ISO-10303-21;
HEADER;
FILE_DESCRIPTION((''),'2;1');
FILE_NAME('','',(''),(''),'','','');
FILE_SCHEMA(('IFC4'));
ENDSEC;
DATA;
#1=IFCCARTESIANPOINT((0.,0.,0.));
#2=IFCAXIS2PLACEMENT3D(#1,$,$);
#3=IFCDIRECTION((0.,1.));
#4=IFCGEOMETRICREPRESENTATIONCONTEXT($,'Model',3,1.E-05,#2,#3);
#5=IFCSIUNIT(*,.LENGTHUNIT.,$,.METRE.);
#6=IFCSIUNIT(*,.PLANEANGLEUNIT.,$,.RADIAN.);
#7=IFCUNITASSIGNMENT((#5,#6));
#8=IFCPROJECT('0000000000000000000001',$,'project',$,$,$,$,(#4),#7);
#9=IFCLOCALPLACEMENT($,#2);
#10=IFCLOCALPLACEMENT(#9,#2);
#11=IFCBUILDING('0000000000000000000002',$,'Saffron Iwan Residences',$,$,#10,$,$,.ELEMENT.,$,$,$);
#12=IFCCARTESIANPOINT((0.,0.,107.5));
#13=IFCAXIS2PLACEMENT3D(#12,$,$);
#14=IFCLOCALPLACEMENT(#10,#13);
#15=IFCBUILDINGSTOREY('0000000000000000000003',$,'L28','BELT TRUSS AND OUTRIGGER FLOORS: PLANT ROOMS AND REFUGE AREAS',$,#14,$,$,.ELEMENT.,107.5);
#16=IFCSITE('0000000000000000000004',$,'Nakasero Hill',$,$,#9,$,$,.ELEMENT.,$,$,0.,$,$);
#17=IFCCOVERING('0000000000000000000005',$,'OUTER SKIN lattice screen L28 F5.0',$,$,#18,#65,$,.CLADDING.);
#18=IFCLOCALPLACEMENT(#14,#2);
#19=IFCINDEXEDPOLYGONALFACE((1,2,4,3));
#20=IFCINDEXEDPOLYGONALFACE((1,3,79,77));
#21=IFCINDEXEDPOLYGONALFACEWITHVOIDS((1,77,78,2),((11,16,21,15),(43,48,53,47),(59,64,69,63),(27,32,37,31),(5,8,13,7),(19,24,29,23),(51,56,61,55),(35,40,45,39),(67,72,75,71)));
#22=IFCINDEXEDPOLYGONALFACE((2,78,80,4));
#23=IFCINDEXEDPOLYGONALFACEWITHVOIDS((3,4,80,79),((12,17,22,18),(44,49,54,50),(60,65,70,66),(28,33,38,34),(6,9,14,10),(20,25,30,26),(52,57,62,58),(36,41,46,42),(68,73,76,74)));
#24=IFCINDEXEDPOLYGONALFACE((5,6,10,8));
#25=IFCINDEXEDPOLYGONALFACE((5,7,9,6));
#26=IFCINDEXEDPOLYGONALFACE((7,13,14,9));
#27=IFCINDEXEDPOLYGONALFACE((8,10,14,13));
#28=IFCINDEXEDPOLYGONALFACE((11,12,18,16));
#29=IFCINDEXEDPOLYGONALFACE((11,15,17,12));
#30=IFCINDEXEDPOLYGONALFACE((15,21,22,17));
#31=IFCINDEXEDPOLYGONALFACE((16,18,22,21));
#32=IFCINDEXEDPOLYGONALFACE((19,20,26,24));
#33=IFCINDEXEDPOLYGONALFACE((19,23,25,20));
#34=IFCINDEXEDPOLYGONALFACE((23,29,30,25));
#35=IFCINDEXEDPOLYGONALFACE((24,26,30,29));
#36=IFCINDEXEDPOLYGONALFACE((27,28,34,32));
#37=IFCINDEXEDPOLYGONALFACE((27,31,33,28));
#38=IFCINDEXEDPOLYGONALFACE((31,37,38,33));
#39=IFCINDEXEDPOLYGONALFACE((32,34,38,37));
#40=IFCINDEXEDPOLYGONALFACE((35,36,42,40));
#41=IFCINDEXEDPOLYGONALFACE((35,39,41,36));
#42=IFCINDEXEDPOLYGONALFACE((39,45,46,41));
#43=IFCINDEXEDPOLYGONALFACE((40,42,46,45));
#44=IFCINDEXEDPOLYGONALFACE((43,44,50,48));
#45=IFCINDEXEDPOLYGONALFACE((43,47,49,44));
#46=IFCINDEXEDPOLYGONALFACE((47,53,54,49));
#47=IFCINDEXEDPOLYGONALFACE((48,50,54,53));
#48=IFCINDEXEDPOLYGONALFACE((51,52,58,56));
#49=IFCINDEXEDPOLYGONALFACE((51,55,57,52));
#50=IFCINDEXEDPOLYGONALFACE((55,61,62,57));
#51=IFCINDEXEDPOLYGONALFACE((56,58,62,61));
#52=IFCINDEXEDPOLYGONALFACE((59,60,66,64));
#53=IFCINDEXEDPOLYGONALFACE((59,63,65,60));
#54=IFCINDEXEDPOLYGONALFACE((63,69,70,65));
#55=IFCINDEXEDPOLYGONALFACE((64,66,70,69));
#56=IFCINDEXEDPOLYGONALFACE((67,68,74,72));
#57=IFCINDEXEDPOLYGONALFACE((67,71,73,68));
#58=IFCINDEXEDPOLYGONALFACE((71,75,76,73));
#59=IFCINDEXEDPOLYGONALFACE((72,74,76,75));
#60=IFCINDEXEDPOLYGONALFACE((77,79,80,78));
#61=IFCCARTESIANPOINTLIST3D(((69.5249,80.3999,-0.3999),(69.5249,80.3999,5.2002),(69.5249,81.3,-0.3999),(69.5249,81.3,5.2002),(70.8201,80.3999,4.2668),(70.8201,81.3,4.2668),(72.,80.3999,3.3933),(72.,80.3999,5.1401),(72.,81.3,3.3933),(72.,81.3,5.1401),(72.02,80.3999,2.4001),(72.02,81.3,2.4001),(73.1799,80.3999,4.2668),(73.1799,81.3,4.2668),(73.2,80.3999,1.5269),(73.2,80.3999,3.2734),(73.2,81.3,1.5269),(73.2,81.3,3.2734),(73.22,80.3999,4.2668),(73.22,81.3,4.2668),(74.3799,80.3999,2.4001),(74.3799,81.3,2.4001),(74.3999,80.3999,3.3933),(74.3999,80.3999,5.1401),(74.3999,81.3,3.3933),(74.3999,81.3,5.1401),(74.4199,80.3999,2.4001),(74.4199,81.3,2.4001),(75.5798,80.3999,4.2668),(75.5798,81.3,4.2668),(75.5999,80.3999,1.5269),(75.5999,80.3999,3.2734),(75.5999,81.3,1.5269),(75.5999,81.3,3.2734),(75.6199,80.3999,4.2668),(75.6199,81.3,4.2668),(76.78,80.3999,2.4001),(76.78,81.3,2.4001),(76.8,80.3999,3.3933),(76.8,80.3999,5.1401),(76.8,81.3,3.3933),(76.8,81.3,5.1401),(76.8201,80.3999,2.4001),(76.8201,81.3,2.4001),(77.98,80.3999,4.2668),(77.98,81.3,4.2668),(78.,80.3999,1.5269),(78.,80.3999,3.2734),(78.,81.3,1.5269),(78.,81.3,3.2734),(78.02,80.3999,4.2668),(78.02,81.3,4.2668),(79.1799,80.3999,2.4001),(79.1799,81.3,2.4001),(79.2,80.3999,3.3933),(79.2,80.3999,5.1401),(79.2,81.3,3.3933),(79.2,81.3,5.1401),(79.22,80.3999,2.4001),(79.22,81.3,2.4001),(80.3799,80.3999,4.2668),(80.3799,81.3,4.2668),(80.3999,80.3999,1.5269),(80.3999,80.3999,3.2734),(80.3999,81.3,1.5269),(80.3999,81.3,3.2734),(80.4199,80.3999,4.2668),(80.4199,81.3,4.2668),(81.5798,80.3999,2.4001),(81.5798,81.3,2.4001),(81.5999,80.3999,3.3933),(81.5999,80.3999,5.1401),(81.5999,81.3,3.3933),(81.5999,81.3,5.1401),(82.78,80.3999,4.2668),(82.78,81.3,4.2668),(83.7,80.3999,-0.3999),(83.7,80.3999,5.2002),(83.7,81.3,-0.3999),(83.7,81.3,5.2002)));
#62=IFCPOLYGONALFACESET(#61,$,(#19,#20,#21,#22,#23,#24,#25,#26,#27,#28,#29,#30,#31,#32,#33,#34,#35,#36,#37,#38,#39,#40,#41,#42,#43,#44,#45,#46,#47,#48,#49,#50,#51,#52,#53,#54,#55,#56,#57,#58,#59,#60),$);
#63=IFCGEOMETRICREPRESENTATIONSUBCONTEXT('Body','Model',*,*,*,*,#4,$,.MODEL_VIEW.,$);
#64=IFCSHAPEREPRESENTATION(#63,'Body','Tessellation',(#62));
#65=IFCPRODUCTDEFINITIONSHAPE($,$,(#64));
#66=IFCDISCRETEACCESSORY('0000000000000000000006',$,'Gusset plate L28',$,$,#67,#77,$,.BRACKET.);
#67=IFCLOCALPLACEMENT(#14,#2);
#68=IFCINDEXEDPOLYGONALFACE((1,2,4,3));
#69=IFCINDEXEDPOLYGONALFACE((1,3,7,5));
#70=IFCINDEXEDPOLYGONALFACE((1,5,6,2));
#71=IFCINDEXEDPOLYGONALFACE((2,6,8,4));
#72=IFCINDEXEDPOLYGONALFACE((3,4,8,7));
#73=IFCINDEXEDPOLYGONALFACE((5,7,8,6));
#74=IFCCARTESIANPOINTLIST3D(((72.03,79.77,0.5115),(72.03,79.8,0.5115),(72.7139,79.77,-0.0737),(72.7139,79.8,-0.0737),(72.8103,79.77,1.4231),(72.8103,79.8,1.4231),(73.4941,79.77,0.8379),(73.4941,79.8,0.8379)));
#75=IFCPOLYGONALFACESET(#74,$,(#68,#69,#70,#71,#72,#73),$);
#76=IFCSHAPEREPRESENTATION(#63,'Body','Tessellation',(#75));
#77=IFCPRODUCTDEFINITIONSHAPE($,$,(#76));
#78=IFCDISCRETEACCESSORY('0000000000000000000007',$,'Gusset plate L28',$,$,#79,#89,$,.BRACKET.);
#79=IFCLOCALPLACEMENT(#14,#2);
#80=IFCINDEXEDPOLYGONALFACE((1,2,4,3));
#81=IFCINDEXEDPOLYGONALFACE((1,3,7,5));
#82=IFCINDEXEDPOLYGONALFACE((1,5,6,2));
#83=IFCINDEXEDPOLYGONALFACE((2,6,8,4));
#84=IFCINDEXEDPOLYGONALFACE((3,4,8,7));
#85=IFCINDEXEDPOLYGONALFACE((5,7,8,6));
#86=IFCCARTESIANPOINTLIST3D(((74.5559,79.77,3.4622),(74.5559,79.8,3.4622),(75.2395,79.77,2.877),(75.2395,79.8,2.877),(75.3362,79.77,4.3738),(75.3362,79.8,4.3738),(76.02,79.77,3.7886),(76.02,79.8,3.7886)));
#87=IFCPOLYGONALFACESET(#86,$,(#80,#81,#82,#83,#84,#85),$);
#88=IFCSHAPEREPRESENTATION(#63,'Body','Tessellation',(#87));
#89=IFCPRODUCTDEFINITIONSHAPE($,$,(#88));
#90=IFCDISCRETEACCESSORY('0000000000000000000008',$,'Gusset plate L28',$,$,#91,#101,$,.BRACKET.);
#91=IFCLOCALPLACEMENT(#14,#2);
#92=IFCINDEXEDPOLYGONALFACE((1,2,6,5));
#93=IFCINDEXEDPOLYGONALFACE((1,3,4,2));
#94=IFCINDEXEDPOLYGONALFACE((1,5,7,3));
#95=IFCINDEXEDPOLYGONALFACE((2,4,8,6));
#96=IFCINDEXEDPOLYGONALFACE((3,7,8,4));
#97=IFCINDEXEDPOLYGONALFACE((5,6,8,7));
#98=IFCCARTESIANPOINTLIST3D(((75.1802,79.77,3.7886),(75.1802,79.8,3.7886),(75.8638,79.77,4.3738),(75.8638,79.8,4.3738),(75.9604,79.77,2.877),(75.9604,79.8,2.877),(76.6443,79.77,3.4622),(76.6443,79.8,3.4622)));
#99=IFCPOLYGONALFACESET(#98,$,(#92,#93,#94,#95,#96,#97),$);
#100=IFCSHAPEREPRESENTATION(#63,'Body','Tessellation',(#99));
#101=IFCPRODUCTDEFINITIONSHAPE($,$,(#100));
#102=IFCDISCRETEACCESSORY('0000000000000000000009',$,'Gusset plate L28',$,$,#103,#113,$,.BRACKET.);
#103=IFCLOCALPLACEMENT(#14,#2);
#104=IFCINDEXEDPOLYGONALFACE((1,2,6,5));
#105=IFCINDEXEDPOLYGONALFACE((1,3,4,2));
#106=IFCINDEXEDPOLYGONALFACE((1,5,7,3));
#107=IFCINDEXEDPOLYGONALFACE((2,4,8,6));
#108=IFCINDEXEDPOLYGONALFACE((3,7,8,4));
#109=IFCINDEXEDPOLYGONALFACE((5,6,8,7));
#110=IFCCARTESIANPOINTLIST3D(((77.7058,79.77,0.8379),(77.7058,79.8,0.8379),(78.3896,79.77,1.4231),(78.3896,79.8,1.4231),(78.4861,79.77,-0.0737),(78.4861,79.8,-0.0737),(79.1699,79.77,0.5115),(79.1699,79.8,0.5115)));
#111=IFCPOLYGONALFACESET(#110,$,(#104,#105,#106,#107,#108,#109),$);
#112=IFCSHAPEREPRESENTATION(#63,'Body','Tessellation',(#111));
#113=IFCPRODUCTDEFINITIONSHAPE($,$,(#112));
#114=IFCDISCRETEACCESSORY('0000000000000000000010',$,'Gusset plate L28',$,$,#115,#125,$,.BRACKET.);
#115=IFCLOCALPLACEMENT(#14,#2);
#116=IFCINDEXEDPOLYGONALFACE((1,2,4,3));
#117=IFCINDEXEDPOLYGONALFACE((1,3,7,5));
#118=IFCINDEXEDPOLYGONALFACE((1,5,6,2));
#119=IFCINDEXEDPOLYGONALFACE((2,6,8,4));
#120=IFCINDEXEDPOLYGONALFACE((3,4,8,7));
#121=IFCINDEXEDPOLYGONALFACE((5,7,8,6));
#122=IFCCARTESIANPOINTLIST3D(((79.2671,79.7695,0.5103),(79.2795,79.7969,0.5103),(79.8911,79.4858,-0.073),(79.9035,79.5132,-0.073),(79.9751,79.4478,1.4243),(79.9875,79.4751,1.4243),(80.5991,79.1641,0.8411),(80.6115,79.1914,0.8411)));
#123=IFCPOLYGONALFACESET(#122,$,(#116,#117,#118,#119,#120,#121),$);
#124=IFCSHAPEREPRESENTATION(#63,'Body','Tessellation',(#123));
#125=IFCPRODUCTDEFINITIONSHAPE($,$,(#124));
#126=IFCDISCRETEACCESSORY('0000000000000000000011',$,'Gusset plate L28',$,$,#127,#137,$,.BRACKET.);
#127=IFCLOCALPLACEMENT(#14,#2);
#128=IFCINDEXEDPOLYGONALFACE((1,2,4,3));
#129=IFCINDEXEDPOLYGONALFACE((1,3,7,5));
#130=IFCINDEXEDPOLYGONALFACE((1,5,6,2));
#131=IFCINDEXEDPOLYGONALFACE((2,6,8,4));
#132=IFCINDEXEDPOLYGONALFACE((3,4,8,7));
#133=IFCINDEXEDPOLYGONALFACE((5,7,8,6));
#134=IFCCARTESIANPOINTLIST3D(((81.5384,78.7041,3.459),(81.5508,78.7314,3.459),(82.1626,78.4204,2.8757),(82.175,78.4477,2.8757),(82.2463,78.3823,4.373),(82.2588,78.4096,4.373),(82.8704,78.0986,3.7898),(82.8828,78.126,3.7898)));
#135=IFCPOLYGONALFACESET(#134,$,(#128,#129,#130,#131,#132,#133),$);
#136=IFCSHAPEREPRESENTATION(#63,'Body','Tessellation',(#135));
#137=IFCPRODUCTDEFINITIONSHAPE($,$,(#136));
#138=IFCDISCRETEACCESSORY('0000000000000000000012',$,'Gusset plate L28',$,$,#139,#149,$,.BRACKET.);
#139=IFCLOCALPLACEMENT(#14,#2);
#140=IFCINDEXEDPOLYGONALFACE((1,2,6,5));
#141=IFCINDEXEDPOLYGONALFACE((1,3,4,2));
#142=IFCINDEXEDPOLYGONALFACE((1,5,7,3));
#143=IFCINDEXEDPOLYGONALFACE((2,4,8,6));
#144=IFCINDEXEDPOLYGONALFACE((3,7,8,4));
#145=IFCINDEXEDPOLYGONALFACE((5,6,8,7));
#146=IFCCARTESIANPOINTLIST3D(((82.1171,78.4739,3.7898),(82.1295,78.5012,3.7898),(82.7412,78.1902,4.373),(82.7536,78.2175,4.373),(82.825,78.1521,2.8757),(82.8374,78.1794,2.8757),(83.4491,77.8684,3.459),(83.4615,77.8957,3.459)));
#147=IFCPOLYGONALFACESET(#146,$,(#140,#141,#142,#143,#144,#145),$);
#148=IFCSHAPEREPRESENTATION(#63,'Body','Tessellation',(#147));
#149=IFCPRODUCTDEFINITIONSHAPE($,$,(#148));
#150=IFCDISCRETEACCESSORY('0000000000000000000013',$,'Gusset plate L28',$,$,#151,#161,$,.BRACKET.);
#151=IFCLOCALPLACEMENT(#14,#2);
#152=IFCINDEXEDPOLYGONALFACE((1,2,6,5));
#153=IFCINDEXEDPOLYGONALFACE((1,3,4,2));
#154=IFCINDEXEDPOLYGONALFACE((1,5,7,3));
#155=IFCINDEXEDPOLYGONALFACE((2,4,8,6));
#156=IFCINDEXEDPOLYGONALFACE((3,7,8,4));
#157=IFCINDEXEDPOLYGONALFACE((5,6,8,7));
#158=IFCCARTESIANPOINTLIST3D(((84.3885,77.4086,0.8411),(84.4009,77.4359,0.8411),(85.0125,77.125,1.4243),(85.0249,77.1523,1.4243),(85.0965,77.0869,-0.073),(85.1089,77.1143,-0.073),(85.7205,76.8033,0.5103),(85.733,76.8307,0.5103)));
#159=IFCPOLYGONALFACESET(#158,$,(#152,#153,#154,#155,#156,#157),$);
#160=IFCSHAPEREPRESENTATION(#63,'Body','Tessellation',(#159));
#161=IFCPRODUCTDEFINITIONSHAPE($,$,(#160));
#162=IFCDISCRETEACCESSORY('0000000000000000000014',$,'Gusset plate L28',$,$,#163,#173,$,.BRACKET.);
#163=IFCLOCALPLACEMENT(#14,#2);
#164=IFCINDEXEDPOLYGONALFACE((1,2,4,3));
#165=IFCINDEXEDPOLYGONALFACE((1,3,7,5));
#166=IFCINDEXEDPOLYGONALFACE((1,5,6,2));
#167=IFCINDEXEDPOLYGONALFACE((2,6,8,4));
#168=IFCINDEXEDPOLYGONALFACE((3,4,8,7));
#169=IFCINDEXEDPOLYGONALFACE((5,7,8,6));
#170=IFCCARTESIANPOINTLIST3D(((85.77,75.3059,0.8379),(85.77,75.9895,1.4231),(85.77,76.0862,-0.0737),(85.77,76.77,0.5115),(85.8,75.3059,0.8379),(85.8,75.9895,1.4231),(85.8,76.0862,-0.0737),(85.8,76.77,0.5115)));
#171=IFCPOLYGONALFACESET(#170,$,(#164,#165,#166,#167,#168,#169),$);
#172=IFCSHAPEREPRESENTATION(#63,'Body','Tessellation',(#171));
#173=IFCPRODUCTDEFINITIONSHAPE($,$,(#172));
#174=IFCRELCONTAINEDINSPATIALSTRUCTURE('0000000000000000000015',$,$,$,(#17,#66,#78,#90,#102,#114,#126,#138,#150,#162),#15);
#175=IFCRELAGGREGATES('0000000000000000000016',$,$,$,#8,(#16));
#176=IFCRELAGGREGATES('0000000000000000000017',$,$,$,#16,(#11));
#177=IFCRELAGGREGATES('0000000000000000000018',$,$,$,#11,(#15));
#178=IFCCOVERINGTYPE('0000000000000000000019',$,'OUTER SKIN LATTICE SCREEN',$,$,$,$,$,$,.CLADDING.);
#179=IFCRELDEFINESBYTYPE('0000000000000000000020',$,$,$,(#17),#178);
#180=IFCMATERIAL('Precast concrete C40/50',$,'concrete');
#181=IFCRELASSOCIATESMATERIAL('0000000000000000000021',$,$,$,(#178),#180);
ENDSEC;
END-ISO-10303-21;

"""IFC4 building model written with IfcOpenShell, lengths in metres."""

from ifc_helpers import new_model, si_unit, direction, frame, origin, place, context, subcontext, project, spatial, polyline, outline, extrude, material, type_object, element, save


model = new_model("IFC4")

# Units and contexts
model_context = context("Model", 3, precision=1e-05, world=origin(), true_north=direction((0.0, 1.0)))
body_context = subcontext(model_context, "Body", "Model", "MODEL_VIEW")
ifc_project = project(units=[si_unit("LENGTHUNIT", "METRE"), si_unit("PLANEANGLEUNIT", "RADIAN")], contexts=[model_context])

# Site, building, storey
site_placement = place(None, origin())
site = spatial("IfcSite", under=ifc_project, at=site_placement, Name="Nakasero Hill", CompositionType="ELEMENT", RefElevation=0.0)
building_placement = place(site_placement, origin())
building = spatial("IfcBuilding", under=site, at=building_placement, Name="Saffron Iwan Residences", CompositionType="ELEMENT")
storey_placement = place(building_placement, frame((0.0, 0.0, 107.5)))
storey = spatial("IfcBuildingStorey", under=building, at=storey_placement, Name="L28", Description="BELT TRUSS AND OUTRIGGER FLOORS: PLANT ROOMS AND REFUGE AREAS", CompositionType="ELEMENT", Elevation=107.5)

# Covering
ifc_material_1 = material(Name="Precast concrete C40/50", Category="concrete")
covering_type = type_object("IfcCoveringType", Name="OUTER SKIN LATTICE SCREEN", PredefinedType="CLADDING", material=ifc_material_1)
covering_placement = place(storey_placement, frame((83.7, 80.3999, -0.3999), z_axis=(0.0, 1.0, 0.0), x_axis=(-1.0, 0.0, 0.0)))
element("IfcCovering", 1, at=covering_placement, inside=storey, type_object=covering_type, Name="OUTER SKIN lattice screen L28 F5.0", PredefinedType="CLADDING", context=body_context, shape_type="SweptSolid", body=[
    extrude(outline(polyline([(0.0, 0.0), (14.175, 0.0), (14.175, 5.6001), (0.0, 5.6001), (0.0, 0.0)]), holes=[polyline([(2.1201, 2.8), (3.3, 1.9268), (4.48, 2.8), (3.3, 3.6733), (2.1201, 2.8)]), polyline([(4.52, 2.8), (5.7, 1.9268), (6.8799, 2.8), (5.7, 3.6733), (4.52, 2.8)]), polyline([(6.9199, 2.8), (8.1001, 1.9268), (9.28, 2.8), (8.1001, 3.6733), (6.9199, 2.8)]), polyline([(9.3201, 2.8), (10.5, 1.9268), (11.6799, 2.8), (10.5, 3.6733), (9.3201, 2.8)]), polyline([(0.9199, 4.6667), (2.1001, 3.7932), (3.28, 4.6667), (2.1001, 5.54), (0.9199, 4.6667)]), polyline([(3.3201, 4.6667), (4.5, 3.7932), (5.6799, 4.6667), (4.5, 5.54), (3.3201, 4.6667)]), polyline([(5.72, 4.6667), (6.8999, 3.7932), (8.0801, 4.6667), (6.8999, 5.54), (5.72, 4.6667)]), polyline([(8.1201, 4.6667), (9.3, 3.7932), (10.48, 4.6667), (9.3, 5.54), (8.1201, 4.6667)]), polyline([(10.52, 4.6667), (11.7, 3.7932), (12.8799, 4.6667), (11.7, 5.54), (10.52, 4.6667)])]), origin(), (0.0, 0.0, 1.0), 0.9001),
])

# Discrete accessories
discrete_accessory_1_placement = place(storey_placement, frame((72.03, 79.8, 0.5115), z_axis=(0.0, 1.0, 0.0), x_axis=(0.650255, 0.0, 0.759716)))
element("IfcDiscreteAccessory", 2, at=discrete_accessory_1_placement, inside=storey, Name="Gusset plate L28", PredefinedType="BRACKET", context=body_context, shape_type="SweptSolid", body=[
    extrude(outline(polyline([(0.0, 0.0), (1.1999, 0.0), (1.2, 0.9001), (0.0001, 0.9001), (0.0, 0.0)])), origin(), (0.0, 0.0, -1.0), 0.03),
])
discrete_accessory_2_placement = place(storey_placement, frame((76.02, 79.8, 3.7886), z_axis=(0.0, 1.0, 0.0), x_axis=(-0.650372, 0.0, -0.759615)))
element("IfcDiscreteAccessory", 3, at=discrete_accessory_2_placement, inside=storey, Name="Gusset plate L28", PredefinedType="BRACKET", context=body_context, shape_type="SweptSolid", body=[
    extrude(outline(polyline([(0.0, 0.0), (1.2001, 0.0), (1.2002, 0.8999), (0.0002, 0.9001), (0.0, 0.0)])), origin(), (0.0, 0.0, -1.0), 0.03),
])
discrete_accessory_3_placement = place(storey_placement, frame((75.8638, 79.8, 4.3738), z_axis=(0.0, 1.0, 0.0), x_axis=(0.650372, 0.0, -0.759615)))
element("IfcDiscreteAccessory", 4, at=discrete_accessory_3_placement, inside=storey, Name="Gusset plate L28", PredefinedType="BRACKET", context=body_context, shape_type="SweptSolid", body=[
    extrude(outline(polyline([(0.0, 0.0), (1.2001, 0.0), (1.1999, 0.9001), (-0.0001, 0.8999), (0.0, 0.0)])), origin(), (0.0, 0.0, -1.0), 0.03),
])
discrete_accessory_4_placement = place(storey_placement, frame((78.4861, 79.8, -0.0737), z_axis=(0.0, 1.0, 0.0), x_axis=(-0.650255, 0.0, 0.759716)))
element("IfcDiscreteAccessory", 5, at=discrete_accessory_4_placement, inside=storey, Name="Gusset plate L28", PredefinedType="BRACKET", context=body_context, shape_type="SweptSolid", body=[
    extrude(outline(polyline([(0.0, 0.0), (1.1999, 0.0), (1.1999, 0.9001), (-0.0001, 0.9001), (0.0, 0.0)])), origin(), (0.0, 0.0, -1.0), 0.03),
])
discrete_accessory_5_placement = place(storey_placement, frame((79.2671, 79.7695, 0.5103), z_axis=(-0.413814, -0.910361, 0.000055), x_axis=(0.58994, -0.268117, 0.761633)))
element("IfcDiscreteAccessory", 6, at=discrete_accessory_5_placement, inside=storey, Name="Gusset plate L28", PredefinedType="BRACKET", context=body_context, shape_type="SweptSolid", body=[
    extrude(outline(polyline([(0.0, 0.0), (1.2001, 0.0), (1.2001, -0.9), (0.0, -0.9), (0.0, 0.0)])), origin(), (0.0, 0.0, -1.0), 0.03),
])
discrete_accessory_6_placement = place(storey_placement, frame((82.8828, 78.126, 3.7898), z_axis=(0.4138, 0.910368, 0.000014), x_axis=(-0.589825, 0.268111, -0.761724)))
element("IfcDiscreteAccessory", 7, at=discrete_accessory_6_placement, inside=storey, Name="Gusset plate L28", PredefinedType="BRACKET", context=body_context, shape_type="SweptSolid", body=[
    extrude(outline(polyline([(0.0, 0.0), (1.2, 0.0), (1.2, 0.9002), (-0.0002, 0.9), (0.0, 0.0)])), origin(), (0.0, 0.0, -1.0), 0.03),
])
discrete_accessory_7_placement = place(storey_placement, frame((82.7412, 78.1902, 4.373), z_axis=(-0.4138, -0.910368, 0.000014), x_axis=(0.589878, -0.268136, -0.761674)))
element("IfcDiscreteAccessory", 8, at=discrete_accessory_7_placement, inside=storey, Name="Gusset plate L28", PredefinedType="BRACKET", context=body_context, shape_type="SweptSolid", body=[
    extrude(outline(polyline([(0.0, 0.0), (1.2001, 0.0), (1.2001, -0.9001), (0.0, -0.9001), (0.0, 0.0)])), origin(), (0.0, 0.0, -1.0), 0.03),
])
discrete_accessory_8_placement = place(storey_placement, frame((85.1089, 77.1143, -0.073), z_axis=(0.413674, 0.910425, 0.000045), x_axis=(-0.589934, 0.268013, 0.761674)))
element("IfcDiscreteAccessory", 9, at=discrete_accessory_8_placement, inside=storey, Name="Gusset plate L28", PredefinedType="BRACKET", context=body_context, shape_type="SweptSolid", body=[
    extrude(outline(polyline([(0.0, 0.0), (1.2001, 0.0), (1.2002, 0.9), (0.0001, 0.9), (0.0, 0.0)])), origin(), (0.0, 0.0, -1.0), 0.03),
])
discrete_accessory_9_placement = place(storey_placement, frame((85.8, 76.77, 0.5115), z_axis=(1.0, 0.0, 0.0), x_axis=(0.0, -0.650372, 0.759615)))
element("IfcDiscreteAccessory", 10, at=discrete_accessory_9_placement, inside=storey, Name="Gusset plate L28", PredefinedType="BRACKET", context=body_context, shape_type="SweptSolid", body=[
    extrude(outline(polyline([(0.0, 0.0), (1.2001, 0.0), (1.2002, 0.8999), (0.0002, 0.9001), (0.0, 0.0)])), origin(), (0.0, 0.0, -1.0), 0.03),
])

save(model, "model.ifc")
